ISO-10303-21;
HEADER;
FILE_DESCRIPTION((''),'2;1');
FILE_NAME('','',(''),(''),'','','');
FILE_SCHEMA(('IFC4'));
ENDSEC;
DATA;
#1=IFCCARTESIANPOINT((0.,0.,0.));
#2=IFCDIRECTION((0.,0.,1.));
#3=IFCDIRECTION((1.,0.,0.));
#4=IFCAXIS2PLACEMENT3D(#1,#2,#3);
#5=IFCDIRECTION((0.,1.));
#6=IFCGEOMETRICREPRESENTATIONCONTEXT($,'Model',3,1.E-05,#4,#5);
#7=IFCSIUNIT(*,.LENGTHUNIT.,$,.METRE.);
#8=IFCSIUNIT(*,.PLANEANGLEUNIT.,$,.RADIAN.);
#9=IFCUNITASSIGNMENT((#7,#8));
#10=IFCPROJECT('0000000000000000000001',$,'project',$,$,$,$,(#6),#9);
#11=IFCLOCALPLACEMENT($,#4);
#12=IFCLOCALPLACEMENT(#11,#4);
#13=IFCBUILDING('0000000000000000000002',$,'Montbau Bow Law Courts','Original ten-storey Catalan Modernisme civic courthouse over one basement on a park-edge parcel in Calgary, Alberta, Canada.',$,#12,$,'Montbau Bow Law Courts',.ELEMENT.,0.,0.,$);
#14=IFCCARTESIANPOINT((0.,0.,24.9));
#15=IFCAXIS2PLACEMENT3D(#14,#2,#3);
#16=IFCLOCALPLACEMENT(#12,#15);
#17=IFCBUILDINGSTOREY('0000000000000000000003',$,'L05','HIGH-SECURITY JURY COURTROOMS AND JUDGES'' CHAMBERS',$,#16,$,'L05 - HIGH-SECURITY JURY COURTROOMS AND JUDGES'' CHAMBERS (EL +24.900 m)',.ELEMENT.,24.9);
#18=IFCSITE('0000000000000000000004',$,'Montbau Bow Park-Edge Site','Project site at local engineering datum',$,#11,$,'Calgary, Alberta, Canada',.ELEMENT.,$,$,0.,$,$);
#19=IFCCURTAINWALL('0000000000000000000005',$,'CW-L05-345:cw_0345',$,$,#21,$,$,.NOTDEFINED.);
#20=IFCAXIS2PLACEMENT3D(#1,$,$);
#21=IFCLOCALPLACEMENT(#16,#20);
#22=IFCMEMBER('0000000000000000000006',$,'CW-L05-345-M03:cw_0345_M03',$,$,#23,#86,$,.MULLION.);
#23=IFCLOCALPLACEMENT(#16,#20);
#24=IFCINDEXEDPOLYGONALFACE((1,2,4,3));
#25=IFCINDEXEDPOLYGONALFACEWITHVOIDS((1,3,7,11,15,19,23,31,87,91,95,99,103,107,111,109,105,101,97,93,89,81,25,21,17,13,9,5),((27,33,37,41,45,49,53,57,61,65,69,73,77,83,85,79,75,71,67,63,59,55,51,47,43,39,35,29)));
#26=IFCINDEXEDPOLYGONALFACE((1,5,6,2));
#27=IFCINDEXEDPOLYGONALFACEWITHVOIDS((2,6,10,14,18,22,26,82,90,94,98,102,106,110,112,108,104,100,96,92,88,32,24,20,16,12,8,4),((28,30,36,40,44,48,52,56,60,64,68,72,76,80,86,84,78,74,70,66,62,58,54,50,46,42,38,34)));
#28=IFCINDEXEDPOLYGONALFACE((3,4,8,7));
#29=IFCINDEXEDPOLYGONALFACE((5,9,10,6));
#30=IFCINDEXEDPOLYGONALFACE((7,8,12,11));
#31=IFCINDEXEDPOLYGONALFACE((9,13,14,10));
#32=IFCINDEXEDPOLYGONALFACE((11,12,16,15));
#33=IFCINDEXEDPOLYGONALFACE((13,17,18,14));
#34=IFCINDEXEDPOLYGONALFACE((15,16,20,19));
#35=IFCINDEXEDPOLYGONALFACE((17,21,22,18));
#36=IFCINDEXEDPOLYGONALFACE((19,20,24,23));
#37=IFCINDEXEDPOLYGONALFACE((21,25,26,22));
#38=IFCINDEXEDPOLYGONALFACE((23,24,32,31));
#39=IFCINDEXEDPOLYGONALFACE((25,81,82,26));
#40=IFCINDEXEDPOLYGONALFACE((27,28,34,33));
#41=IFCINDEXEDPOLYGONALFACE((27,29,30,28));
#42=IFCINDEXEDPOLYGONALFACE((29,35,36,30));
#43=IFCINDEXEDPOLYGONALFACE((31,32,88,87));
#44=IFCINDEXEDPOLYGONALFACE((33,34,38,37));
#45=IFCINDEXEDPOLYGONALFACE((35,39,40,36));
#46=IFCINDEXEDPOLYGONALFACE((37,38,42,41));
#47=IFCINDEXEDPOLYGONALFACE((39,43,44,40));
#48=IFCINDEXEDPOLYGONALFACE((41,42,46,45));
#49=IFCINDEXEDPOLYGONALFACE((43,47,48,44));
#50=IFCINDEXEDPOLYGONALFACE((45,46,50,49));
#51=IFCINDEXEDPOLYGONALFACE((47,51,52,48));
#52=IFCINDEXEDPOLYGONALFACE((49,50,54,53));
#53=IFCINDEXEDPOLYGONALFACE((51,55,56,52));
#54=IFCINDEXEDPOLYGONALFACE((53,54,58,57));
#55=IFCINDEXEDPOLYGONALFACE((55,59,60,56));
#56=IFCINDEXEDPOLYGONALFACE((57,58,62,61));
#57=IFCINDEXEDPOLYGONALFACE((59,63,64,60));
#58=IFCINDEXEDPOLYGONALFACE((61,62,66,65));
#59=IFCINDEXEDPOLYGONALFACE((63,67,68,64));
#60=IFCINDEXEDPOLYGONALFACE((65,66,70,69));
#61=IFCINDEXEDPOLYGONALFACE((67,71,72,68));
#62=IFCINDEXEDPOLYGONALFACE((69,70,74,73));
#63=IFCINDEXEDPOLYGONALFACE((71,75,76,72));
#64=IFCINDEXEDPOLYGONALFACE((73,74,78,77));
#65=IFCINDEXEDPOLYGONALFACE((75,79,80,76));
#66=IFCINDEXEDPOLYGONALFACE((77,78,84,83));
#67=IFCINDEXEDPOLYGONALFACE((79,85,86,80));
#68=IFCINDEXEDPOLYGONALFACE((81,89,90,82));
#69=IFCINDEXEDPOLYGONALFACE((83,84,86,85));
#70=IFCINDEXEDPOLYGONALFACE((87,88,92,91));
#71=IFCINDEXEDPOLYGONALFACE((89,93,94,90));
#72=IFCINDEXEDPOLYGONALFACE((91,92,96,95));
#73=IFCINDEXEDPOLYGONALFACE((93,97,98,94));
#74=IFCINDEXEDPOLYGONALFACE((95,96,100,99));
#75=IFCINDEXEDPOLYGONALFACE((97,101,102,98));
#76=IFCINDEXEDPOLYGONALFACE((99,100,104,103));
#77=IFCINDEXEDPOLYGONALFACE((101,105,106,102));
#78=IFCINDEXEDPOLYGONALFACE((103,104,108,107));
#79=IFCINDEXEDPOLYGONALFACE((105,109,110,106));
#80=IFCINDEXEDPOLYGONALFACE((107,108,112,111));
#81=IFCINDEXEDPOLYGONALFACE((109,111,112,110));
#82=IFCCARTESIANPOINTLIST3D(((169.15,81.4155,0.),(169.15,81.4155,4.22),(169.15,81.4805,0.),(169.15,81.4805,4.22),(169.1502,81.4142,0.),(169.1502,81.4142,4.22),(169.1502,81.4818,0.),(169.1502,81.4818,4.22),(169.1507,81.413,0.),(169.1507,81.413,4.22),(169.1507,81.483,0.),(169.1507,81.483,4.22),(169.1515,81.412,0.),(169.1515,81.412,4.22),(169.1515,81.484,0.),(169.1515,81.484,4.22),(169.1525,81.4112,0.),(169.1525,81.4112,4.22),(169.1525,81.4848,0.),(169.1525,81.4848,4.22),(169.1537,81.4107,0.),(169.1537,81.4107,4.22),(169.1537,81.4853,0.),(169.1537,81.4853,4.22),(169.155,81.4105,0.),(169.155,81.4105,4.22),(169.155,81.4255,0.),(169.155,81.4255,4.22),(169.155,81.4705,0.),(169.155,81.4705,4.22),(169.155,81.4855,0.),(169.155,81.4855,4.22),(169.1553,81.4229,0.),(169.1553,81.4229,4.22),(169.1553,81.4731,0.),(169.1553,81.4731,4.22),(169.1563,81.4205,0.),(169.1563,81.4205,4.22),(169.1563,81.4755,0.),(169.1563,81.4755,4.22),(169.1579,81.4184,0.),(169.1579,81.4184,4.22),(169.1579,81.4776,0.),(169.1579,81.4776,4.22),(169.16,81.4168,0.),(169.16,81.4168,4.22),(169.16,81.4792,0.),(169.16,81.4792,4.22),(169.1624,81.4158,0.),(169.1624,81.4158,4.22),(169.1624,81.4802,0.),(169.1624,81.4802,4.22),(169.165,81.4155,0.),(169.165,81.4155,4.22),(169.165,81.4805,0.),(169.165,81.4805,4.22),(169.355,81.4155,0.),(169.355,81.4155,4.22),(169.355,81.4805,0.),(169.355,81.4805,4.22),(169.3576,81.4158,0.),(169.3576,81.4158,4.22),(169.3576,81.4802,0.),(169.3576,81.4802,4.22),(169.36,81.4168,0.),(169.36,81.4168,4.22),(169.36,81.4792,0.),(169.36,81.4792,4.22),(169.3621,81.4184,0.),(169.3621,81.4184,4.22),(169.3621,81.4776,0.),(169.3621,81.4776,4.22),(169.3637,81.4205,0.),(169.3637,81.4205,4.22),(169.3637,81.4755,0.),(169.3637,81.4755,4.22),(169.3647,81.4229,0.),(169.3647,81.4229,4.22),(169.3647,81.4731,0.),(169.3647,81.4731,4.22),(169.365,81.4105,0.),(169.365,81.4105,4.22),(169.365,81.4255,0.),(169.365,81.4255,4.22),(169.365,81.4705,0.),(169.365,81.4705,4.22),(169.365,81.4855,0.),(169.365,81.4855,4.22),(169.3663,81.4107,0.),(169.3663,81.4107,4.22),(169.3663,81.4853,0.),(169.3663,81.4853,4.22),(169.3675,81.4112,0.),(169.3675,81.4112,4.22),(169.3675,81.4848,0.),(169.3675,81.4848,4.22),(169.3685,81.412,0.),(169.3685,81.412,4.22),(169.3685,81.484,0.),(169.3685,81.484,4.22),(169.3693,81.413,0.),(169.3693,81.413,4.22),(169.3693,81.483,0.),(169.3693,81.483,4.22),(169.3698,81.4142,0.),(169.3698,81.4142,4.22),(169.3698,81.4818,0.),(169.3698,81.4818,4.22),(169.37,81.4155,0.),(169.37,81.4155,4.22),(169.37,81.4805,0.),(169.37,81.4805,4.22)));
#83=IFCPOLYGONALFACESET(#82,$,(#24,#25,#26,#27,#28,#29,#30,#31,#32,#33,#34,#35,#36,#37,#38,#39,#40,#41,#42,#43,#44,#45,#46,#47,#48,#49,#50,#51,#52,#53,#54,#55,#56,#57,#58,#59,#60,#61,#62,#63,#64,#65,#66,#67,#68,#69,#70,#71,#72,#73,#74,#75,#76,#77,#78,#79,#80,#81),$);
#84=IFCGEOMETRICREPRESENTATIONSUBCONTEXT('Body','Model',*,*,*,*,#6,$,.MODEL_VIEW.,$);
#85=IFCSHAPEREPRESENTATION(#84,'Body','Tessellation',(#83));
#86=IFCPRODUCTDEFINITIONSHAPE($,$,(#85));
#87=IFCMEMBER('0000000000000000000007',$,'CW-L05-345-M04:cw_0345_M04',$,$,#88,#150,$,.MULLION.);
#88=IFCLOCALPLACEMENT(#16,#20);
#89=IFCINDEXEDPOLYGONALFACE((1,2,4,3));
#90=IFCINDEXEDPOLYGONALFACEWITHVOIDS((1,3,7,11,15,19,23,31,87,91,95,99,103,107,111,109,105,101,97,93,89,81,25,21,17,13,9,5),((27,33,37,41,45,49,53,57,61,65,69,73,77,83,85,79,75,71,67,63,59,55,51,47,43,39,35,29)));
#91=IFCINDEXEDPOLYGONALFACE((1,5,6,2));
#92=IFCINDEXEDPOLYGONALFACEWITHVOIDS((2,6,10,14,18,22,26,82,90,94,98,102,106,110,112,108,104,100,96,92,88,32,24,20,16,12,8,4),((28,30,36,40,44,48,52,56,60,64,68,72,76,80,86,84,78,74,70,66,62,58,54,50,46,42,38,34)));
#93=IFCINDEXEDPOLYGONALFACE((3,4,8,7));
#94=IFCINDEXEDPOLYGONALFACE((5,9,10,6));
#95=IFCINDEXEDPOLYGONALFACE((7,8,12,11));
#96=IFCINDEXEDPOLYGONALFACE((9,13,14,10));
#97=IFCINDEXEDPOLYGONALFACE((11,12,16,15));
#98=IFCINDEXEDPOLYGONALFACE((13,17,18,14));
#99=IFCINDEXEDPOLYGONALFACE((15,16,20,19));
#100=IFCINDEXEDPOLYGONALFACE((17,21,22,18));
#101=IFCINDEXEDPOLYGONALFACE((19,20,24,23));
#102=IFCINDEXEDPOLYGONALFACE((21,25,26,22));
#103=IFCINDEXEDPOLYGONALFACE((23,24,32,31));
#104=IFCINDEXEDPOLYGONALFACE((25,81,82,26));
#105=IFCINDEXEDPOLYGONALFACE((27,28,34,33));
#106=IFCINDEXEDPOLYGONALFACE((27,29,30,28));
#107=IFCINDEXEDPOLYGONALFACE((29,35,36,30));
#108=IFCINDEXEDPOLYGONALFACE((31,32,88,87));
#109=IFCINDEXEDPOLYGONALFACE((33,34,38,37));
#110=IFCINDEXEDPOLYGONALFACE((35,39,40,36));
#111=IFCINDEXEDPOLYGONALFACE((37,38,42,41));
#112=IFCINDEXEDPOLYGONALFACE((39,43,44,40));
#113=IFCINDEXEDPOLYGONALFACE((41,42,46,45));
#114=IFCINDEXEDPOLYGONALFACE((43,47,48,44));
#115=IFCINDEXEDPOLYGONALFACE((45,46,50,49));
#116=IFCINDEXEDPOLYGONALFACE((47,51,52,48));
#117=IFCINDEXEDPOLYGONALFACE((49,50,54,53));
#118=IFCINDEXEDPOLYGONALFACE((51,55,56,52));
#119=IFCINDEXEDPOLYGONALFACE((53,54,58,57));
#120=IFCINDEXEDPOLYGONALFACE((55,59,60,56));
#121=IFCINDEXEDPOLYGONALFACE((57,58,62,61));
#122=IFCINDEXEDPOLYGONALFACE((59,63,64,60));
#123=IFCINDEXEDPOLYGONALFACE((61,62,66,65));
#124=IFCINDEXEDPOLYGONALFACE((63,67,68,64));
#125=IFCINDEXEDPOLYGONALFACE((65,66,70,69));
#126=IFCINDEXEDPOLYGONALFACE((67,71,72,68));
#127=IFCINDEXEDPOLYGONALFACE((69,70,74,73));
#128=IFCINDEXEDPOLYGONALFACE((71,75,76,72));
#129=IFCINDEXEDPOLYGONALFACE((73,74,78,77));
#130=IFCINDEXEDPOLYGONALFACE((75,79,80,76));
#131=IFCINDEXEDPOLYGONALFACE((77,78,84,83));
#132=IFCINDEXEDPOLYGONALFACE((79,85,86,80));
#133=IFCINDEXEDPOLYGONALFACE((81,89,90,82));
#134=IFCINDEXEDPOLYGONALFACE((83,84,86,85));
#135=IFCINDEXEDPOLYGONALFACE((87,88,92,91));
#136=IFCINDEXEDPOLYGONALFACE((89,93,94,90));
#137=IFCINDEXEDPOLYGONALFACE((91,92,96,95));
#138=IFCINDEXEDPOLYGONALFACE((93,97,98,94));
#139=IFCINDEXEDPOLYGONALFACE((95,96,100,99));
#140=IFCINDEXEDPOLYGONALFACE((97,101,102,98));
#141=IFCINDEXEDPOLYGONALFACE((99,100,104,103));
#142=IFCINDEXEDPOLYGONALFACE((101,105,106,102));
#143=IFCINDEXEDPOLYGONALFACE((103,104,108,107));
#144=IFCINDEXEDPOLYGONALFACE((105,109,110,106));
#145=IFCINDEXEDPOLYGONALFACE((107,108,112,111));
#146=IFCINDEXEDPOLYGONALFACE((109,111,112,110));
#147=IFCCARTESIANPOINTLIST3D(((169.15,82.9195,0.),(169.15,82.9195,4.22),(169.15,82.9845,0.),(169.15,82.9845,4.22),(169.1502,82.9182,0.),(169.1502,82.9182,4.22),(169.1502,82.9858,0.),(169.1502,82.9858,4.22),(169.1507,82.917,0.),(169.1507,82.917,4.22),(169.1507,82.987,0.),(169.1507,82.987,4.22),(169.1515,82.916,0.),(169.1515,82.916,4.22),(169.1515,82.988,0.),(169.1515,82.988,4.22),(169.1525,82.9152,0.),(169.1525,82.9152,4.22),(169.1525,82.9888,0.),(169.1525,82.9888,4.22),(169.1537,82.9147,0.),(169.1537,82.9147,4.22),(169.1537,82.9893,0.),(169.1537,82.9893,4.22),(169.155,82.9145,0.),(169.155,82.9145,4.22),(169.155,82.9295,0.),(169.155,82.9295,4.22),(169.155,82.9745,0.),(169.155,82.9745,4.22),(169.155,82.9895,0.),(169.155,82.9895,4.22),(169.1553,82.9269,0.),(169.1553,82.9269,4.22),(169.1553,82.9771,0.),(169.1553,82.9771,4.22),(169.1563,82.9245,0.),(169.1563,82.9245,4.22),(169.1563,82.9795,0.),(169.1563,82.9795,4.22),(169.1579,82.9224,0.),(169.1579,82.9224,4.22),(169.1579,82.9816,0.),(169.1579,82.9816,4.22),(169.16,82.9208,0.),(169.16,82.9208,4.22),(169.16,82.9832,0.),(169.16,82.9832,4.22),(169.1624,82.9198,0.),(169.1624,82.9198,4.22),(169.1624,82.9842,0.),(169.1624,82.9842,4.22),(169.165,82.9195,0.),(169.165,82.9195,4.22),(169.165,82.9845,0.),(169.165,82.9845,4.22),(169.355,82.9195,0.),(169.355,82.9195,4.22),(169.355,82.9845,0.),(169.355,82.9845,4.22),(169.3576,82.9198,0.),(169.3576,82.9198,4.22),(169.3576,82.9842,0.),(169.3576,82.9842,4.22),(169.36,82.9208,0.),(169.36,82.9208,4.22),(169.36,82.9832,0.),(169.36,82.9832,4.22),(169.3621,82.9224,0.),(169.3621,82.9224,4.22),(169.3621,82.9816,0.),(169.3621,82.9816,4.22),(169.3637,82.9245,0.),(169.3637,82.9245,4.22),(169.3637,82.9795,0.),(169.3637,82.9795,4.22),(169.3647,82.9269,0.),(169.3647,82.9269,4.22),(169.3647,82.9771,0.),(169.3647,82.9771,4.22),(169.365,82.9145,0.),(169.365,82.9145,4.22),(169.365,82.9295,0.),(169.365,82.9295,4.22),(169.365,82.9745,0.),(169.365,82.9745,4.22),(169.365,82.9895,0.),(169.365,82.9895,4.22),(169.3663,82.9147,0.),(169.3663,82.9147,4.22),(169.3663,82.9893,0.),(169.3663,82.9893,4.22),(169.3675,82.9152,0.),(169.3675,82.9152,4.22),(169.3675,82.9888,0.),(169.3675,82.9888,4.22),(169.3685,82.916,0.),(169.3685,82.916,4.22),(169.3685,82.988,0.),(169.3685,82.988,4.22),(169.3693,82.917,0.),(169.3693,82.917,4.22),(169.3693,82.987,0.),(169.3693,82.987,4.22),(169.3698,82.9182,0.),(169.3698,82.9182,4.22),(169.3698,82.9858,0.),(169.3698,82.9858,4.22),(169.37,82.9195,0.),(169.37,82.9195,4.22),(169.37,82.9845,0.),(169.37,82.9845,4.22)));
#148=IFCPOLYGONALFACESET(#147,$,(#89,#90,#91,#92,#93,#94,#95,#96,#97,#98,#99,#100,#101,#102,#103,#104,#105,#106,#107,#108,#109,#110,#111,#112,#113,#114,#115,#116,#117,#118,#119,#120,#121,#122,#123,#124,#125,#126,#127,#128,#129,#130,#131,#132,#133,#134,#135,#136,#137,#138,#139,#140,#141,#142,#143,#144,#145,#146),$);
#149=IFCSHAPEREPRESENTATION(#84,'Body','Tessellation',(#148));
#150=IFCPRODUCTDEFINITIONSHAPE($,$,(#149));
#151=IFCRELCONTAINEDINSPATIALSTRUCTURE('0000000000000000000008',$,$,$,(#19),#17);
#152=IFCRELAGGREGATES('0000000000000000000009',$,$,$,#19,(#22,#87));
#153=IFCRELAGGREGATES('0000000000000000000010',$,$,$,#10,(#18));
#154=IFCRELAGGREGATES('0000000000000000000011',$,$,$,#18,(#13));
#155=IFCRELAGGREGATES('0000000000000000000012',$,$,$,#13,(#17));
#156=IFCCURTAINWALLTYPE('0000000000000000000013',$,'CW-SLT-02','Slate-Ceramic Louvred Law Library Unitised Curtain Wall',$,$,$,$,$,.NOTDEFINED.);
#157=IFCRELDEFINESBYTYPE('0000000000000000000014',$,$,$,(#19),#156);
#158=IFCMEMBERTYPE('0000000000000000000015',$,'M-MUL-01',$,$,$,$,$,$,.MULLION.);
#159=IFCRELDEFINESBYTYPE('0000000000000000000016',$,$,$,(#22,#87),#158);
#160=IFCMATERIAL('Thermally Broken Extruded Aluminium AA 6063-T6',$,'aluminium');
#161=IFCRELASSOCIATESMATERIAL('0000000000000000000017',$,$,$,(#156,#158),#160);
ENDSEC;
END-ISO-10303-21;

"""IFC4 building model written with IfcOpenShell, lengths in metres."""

from ifc_helpers import new_model, si_unit, direction, frame, origin_with_axes, origin_2d_with_axis, place, context, subcontext, project, spatial, hollow_rectangle, extrude, material, material_profile, profile_set, type_object, element, aggregate, save


model = new_model("IFC4")

# Units and contexts
model_context = context("Model", 3, precision=1e-05, world=origin_with_axes(), true_north=direction((0.0, 1.0)))
body_context = subcontext(model_context, "Body", "Model", "MODEL_VIEW")
ifc_project = project(units=[si_unit("LENGTHUNIT", "METRE"), si_unit("PLANEANGLEUNIT", "RADIAN")], contexts=[model_context])

# Site, building, storey
site_placement = place(None, origin_with_axes())
site = spatial("IfcSite", under=ifc_project, at=site_placement, Name="Montbau Bow Park-Edge Site", Description="Project site at local engineering datum", LongName="Calgary, Alberta, Canada", CompositionType="ELEMENT", RefElevation=0.0)
building_placement = place(site_placement, origin_with_axes())
building = spatial("IfcBuilding", under=site, at=building_placement, Name="Montbau Bow Law Courts", Description="Original ten-storey Catalan Modernisme civic courthouse over one basement on a park-edge parcel in Calgary, Alberta, Canada.", LongName="Montbau Bow Law Courts", CompositionType="ELEMENT", ElevationOfRefHeight=0.0, ElevationOfTerrain=0.0)
storey_placement = place(building_placement, frame((0.0, 0.0, 24.9), z_axis=(0.0, 0.0, 1.0), x_axis=(1.0, 0.0, 0.0)))
storey = spatial("IfcBuildingStorey", under=building, at=storey_placement, Name="L05", Description="HIGH-SECURITY JURY COURTROOMS AND JUDGES' CHAMBERS", LongName="L05 - HIGH-SECURITY JURY COURTROOMS AND JUDGES' CHAMBERS (EL +24.900 m)", CompositionType="ELEMENT", Elevation=24.9)

# Curtain wall, members
ifc_material_1 = material(Name="Thermally Broken Extruded Aluminium AA 6063-T6", Category="aluminium")
curtain_wall_type = type_object("IfcCurtainWallType", Name="CW-SLT-02", Description="Slate-Ceramic Louvred Law Library Unitised Curtain Wall", PredefinedType="NOTDEFINED", material=ifc_material_1)
curtain_wall_placement = place(None, frame((169.26, 78.44, 24.9), z_axis=(0.0, 0.0, 1.0), x_axis=(1.0, 0.0, 0.0)))
curtain_wall = element("IfcCurtainWall", 1, at=curtain_wall_placement, inside=storey, type_object=curtain_wall_type, Name="CW-L05-345:cw_0345", PredefinedType="NOTDEFINED")
ifc_material_profile_1 = material_profile(ifc_material_1, hollow_rectangle(XDim=0.075, YDim=0.22, WallThickness=0.005, InnerFilletRadius=0.01, OuterFilletRadius=0.005, at=origin_2d_with_axis()), Name="CWM-220X75", Category="Main", Priority=0)
ifc_profile_set_1 = profile_set([ifc_material_profile_1], Name="Thermally Broken Extruded Aluminium AA 6063-T6")
member_type_1 = type_object("IfcMemberType", Name="M-MUL-01", PredefinedType="MULLION", material=ifc_profile_set_1)
member_1_placement = place(None, frame((169.26, 81.448, 24.9), z_axis=(0.0, 0.0, 1.0), x_axis=(0.0, 1.0, 0.0)))
member_1 = element("IfcMember", 2, at=member_1_placement, type_object=member_type_1, Name="CW-L05-345-M03:cw_0345_M03", PredefinedType="MULLION", context=body_context, shape_type="SweptSolid", body=[
    extrude(hollow_rectangle(XDim=0.075, YDim=0.22, WallThickness=0.005, InnerFilletRadius=0.01, OuterFilletRadius=0.005, at=origin_2d_with_axis()), origin_with_axes(), (0.0, 0.0, 1.0), 4.22),
])
member_2_placement = place(None, frame((169.26, 82.952, 24.9), z_axis=(0.0, 0.0, 1.0), x_axis=(0.0, 1.0, 0.0)))
member_2 = element("IfcMember", 3, at=member_2_placement, type_object=member_type_1, Name="CW-L05-345-M04:cw_0345_M04", PredefinedType="MULLION", context=body_context, shape_type="SweptSolid", body=[
    extrude(hollow_rectangle(XDim=0.075, YDim=0.22, WallThickness=0.005, InnerFilletRadius=0.01, OuterFilletRadius=0.005, at=origin_2d_with_axis()), origin_with_axes(), (0.0, 0.0, 1.0), 4.22),
])
aggregate(curtain_wall, [member_1, member_2])

save(model, "model.ifc")
